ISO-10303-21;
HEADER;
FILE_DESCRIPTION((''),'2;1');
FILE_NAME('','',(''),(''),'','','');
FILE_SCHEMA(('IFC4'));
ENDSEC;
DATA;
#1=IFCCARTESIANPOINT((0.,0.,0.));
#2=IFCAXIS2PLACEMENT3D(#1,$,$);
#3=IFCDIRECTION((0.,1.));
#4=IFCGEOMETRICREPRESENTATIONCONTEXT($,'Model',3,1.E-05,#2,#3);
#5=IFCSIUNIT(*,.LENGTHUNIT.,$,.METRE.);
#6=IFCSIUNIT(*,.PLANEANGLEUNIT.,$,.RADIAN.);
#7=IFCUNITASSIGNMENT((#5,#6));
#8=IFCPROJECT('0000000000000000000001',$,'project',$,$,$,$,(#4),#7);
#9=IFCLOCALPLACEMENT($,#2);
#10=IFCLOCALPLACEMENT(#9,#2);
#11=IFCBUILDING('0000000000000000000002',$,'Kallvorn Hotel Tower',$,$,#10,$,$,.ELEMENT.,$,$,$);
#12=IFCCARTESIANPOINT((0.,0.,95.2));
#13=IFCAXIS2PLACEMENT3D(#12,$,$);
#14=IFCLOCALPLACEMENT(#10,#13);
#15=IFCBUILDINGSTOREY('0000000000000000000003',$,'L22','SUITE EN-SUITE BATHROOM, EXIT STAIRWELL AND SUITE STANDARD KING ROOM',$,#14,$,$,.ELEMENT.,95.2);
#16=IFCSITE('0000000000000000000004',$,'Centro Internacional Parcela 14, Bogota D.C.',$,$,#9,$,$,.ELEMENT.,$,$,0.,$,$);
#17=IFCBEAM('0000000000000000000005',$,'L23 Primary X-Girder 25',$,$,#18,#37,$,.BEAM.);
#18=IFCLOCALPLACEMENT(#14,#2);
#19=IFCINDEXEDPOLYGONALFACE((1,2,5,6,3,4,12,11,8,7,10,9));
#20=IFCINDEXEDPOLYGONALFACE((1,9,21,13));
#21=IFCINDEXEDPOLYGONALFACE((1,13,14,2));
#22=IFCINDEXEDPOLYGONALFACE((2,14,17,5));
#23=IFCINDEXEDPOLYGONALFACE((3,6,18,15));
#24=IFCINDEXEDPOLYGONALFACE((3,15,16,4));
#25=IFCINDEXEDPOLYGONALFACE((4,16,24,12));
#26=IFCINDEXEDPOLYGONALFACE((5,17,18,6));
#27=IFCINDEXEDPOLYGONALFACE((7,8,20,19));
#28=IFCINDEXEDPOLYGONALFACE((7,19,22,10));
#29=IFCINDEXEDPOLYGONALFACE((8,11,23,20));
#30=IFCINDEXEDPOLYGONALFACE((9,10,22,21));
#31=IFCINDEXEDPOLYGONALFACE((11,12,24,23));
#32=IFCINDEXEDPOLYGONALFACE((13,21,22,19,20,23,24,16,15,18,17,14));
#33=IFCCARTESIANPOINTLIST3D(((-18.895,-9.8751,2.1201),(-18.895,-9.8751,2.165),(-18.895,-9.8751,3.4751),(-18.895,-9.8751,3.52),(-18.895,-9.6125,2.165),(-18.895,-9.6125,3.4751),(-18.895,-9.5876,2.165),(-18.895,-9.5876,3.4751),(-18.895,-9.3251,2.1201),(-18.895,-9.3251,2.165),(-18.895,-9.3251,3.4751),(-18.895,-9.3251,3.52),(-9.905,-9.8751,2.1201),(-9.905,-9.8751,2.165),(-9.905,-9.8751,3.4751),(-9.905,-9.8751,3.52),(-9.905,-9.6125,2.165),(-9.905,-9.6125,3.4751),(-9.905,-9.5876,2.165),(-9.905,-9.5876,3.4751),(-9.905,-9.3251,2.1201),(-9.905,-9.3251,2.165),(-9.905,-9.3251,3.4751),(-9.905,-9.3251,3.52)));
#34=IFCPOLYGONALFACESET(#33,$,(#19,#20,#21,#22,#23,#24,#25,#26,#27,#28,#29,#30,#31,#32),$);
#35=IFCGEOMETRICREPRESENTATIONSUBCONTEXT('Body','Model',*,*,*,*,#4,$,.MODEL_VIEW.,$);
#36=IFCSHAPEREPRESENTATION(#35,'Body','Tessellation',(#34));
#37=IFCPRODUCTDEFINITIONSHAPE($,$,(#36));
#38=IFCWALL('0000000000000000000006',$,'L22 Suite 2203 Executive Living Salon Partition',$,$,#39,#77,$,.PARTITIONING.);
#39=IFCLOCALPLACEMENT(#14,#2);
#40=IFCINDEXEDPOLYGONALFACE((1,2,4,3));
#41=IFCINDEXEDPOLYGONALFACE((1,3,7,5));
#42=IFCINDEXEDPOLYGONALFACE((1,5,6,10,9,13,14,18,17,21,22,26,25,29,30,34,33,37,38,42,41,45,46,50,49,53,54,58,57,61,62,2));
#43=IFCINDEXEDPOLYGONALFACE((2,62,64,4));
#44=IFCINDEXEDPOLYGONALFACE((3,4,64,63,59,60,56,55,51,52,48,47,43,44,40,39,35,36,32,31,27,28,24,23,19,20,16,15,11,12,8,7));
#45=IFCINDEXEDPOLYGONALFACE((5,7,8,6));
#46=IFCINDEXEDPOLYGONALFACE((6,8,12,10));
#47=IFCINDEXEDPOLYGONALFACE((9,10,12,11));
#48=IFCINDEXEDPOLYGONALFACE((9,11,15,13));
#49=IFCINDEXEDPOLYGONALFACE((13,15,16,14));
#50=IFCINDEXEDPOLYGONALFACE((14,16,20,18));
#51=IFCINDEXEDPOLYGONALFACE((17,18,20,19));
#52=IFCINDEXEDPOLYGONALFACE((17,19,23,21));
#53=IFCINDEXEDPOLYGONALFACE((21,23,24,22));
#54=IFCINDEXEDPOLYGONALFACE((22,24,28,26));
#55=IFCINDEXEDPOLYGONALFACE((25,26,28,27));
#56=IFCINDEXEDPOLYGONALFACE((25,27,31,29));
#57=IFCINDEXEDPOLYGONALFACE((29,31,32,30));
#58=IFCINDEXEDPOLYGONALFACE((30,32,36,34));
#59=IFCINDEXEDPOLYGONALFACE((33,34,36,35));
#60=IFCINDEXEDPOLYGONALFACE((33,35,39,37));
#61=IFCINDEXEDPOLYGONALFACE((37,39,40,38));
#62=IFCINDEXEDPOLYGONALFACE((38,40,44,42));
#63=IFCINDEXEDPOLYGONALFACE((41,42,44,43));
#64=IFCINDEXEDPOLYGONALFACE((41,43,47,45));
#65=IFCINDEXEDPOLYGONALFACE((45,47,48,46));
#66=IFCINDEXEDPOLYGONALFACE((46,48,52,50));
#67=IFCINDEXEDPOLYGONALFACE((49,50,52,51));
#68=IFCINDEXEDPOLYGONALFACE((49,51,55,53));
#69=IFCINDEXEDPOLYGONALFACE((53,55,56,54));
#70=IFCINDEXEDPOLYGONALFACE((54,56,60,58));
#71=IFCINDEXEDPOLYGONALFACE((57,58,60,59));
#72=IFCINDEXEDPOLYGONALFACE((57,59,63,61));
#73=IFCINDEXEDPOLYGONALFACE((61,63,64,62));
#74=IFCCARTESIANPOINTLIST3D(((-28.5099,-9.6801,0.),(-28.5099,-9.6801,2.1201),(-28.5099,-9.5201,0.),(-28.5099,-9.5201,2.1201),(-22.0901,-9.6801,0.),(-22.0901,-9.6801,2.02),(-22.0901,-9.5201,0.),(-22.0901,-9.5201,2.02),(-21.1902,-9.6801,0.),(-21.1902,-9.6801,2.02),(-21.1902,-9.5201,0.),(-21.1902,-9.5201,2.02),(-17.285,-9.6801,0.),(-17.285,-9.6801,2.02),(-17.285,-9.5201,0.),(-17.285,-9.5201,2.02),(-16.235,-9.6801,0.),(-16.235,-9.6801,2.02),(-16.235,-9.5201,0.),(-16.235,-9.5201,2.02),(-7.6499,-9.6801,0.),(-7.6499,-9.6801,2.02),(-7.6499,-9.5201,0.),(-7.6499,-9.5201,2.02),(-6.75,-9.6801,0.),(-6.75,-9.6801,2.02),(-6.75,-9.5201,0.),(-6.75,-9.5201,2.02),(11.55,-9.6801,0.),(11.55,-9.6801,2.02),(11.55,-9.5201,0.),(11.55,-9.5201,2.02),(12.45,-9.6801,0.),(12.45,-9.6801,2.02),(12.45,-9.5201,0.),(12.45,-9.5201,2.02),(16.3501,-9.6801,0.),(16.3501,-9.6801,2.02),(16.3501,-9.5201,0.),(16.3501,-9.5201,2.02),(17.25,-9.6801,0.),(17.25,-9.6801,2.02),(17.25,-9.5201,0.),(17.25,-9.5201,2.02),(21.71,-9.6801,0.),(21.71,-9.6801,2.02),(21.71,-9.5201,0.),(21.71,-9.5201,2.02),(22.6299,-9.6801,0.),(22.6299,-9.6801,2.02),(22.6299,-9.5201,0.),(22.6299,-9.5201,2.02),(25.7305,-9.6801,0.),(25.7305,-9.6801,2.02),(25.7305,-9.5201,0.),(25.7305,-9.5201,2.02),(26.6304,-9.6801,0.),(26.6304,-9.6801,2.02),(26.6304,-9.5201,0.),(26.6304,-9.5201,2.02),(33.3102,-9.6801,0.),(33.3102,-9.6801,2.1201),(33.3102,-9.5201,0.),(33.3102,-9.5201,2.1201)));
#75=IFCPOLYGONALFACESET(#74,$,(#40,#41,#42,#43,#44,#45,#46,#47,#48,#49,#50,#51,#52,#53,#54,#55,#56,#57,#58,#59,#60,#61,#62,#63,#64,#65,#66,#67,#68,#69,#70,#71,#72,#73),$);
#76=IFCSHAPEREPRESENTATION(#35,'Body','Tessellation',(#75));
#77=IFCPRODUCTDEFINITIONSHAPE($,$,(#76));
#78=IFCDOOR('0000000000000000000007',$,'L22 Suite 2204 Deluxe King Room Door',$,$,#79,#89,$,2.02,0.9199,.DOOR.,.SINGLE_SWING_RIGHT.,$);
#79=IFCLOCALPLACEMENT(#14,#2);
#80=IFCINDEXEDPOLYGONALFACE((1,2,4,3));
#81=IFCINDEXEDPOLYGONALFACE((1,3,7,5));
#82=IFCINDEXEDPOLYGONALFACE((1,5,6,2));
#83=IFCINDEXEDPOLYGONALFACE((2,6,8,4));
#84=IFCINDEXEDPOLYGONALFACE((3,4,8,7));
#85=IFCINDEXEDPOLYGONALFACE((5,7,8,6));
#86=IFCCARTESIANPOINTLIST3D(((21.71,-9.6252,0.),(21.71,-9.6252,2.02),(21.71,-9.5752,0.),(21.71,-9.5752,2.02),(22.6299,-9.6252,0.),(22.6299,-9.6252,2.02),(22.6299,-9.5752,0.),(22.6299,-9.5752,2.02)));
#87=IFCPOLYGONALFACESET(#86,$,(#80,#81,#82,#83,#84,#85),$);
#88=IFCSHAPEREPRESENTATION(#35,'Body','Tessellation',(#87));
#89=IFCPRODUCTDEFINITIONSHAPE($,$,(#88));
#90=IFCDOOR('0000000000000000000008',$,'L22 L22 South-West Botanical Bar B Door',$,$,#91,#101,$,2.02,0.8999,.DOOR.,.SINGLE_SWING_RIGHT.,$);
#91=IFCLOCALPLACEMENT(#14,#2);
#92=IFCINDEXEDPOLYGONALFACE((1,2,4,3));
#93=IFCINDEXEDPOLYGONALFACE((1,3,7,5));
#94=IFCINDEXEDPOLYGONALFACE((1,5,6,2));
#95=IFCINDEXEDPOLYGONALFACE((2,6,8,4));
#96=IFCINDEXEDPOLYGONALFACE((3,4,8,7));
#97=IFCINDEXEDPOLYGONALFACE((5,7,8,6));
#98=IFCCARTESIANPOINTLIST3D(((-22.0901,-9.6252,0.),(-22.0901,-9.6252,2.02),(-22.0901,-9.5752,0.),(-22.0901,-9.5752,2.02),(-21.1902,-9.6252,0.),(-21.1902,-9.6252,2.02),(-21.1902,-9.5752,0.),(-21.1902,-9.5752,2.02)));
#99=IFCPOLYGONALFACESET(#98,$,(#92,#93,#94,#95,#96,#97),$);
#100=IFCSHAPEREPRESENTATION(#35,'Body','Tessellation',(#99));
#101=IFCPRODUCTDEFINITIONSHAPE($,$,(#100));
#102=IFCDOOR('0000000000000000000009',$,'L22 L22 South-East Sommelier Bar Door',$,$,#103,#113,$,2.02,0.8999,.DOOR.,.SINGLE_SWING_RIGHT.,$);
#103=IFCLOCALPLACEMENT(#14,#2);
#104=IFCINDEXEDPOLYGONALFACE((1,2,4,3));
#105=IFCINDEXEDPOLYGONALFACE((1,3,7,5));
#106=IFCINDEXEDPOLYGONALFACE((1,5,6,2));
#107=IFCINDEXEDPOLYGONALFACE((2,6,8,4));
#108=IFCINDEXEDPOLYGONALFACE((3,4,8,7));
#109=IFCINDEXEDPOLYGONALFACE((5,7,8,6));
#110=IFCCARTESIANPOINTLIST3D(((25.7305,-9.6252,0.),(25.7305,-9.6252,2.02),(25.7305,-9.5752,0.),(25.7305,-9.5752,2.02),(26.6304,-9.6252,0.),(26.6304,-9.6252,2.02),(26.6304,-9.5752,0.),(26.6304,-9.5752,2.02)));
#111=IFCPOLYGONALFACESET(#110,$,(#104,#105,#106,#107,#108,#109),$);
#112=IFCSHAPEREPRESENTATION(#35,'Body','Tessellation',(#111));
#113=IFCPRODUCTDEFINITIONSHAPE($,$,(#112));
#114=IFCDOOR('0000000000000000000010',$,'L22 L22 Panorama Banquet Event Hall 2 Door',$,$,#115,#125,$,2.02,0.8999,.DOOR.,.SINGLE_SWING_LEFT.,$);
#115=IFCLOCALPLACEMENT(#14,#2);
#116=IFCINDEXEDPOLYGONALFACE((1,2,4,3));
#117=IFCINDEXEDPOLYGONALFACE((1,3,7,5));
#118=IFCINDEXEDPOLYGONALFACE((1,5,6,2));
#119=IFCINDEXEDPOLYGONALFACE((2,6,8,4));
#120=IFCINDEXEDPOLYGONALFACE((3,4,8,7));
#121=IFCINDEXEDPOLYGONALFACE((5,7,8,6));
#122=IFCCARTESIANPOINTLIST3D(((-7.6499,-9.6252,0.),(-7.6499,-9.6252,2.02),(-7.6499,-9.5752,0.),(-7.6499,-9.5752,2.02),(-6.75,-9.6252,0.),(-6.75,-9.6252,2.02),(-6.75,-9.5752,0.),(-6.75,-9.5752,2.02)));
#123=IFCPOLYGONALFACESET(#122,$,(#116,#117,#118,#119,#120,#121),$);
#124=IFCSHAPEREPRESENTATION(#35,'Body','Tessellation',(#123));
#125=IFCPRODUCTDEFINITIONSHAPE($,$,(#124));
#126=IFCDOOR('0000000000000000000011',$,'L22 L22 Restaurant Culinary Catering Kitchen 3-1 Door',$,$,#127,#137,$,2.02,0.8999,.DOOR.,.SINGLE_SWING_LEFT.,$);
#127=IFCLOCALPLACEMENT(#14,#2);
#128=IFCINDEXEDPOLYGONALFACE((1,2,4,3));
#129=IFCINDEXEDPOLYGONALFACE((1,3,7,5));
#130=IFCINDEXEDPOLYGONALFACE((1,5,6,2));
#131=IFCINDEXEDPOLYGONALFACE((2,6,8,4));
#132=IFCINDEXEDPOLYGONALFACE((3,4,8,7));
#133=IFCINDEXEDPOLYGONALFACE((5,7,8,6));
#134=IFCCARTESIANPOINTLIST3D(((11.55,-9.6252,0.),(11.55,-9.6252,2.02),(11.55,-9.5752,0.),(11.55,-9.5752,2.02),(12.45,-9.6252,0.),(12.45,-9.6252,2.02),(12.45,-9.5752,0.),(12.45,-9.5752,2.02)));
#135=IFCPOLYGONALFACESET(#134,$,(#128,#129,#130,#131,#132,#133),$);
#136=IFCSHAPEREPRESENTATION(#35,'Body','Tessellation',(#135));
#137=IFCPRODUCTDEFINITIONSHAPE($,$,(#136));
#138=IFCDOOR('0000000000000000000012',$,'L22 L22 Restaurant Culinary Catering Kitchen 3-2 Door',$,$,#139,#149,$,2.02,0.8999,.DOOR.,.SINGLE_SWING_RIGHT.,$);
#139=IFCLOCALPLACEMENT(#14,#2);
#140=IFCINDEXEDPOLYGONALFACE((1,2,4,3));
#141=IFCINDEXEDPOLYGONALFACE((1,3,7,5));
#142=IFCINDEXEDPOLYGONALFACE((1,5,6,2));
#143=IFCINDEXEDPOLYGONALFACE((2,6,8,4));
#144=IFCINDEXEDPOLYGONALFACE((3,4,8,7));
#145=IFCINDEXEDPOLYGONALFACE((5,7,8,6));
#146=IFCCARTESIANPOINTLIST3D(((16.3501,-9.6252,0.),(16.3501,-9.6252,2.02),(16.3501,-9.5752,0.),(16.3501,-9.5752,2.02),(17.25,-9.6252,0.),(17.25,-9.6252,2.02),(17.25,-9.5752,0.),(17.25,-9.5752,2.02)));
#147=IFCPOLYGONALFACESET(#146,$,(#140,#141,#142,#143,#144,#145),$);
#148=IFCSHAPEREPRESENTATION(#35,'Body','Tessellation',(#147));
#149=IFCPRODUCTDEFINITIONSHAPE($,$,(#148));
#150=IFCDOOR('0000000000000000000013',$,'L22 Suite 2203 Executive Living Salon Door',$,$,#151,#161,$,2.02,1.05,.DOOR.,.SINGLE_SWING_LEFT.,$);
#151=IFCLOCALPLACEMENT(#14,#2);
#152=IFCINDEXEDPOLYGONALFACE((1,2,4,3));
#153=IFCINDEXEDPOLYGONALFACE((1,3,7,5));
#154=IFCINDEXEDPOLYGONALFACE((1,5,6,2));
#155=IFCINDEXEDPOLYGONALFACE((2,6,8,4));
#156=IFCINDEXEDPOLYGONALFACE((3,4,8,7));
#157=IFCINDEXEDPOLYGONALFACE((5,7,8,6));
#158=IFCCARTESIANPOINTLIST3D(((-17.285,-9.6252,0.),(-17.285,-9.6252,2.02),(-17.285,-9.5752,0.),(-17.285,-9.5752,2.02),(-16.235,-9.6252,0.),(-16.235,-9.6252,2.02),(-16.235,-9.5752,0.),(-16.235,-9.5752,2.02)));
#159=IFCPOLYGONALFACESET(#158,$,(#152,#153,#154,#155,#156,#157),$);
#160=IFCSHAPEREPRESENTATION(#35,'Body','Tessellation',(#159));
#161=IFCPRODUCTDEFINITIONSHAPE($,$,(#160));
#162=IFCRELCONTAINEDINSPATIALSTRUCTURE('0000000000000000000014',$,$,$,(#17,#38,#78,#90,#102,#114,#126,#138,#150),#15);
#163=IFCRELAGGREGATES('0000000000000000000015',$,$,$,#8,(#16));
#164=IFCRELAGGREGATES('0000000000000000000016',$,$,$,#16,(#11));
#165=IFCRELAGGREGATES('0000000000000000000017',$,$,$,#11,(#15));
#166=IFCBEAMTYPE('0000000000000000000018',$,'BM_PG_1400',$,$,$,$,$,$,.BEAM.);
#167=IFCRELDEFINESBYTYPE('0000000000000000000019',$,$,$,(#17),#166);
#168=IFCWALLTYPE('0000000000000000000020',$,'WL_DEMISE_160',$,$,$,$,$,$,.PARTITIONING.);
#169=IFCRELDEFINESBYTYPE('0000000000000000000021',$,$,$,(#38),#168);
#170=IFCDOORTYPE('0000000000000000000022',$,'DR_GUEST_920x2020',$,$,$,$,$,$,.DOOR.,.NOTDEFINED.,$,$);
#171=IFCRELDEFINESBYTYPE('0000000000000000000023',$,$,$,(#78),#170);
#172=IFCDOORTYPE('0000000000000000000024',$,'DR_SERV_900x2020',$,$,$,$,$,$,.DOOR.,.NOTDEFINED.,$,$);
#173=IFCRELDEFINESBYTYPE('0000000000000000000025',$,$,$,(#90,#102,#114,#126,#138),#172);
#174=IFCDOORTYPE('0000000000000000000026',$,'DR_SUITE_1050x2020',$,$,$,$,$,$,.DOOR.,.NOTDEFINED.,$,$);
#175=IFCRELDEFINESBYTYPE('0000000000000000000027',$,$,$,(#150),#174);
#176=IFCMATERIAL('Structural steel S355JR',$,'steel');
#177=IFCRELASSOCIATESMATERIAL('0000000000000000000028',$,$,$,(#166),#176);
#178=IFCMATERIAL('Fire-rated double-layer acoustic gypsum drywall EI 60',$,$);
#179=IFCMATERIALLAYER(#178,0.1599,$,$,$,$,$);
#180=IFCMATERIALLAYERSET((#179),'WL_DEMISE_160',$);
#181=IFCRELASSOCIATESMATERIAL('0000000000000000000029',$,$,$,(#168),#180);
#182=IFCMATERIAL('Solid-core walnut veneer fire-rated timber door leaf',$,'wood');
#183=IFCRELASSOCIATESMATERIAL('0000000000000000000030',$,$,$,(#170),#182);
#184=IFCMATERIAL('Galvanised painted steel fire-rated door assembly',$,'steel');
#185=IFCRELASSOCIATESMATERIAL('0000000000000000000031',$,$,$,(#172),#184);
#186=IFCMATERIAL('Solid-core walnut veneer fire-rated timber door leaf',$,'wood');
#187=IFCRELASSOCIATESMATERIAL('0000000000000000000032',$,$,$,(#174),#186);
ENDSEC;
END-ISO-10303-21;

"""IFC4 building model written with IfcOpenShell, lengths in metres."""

from ifc_helpers import new_model, si_unit, direction, frame, frame_2d, origin, origin_2d, place, context, subcontext, project, spatial, rectangle, i_section, extrude, material, layer, layer_set, material_profile, profile_set, type_object, element, fill, save


model = new_model("IFC4")

# Units and contexts
model_context = context("Model", 3, precision=1e-05, world=origin(), true_north=direction((0.0, 1.0)))
body_context = subcontext(model_context, "Body", "Model", "MODEL_VIEW")
ifc_project = project(units=[si_unit("LENGTHUNIT", "METRE"), si_unit("PLANEANGLEUNIT", "RADIAN")], contexts=[model_context])

# Site, building, storey
site_placement = place(None, origin())
site = spatial("IfcSite", under=ifc_project, at=site_placement, Name="Centro Internacional Parcela 14, Bogota D.C.", CompositionType="ELEMENT", RefElevation=0.0)
building_placement = place(site_placement, origin())
building = spatial("IfcBuilding", under=site, at=building_placement, Name="Kallvorn Hotel Tower", CompositionType="ELEMENT")
storey_placement = place(building_placement, frame((0.0, 0.0, 95.2)))
storey = spatial("IfcBuildingStorey", under=building, at=storey_placement, Name="L22", Description="SUITE EN-SUITE BATHROOM, EXIT STAIRWELL AND SUITE STANDARD KING ROOM", CompositionType="ELEMENT", Elevation=95.2)

# Beam
ifc_material_1 = material(Name="Structural steel S355JR", Category="steel")
ifc_material_profile_1 = material_profile(ifc_material_1, i_section(OverallWidth=0.55, OverallDepth=1.3999, WebThickness=0.0249, FlangeThickness=0.0449, at=origin_2d()), Name="PG 1400x550x25x45")
ifc_profile_set_1 = profile_set([ifc_material_profile_1], Name="Structural steel S355JR")
beam_type_1 = type_object("IfcBeamType", Name="BM_PG_1400", PredefinedType="BEAM", material=ifc_profile_set_1)
beam_1_placement = place(storey_placement, frame((-18.895, -9.6001, 2.8201), z_axis=(1.0, 0.0, 0.0), x_axis=(0.0, 1.0, 0.0)))
element("IfcBeam", 1, at=beam_1_placement, inside=storey, type_object=beam_type_1, Name="L23 Primary X-Girder 25", PredefinedType="BEAM", context=body_context, shape_type="SweptSolid", body=[
    extrude(i_section(OverallWidth=0.55, OverallDepth=1.3999, WebThickness=0.0249, FlangeThickness=0.0449, at=origin_2d()), origin(), (0.0, 0.0, 1.0), 8.99),
])

# Wall, openings, doors
ifc_material_2 = material(Name="Fire-rated double-layer acoustic gypsum drywall EI 60")
ifc_layer_1 = layer(ifc_material_2, 0.1599)
ifc_layer_set_1 = layer_set([ifc_layer_1], Name="WL_DEMISE_160")
wall_type = type_object("IfcWallType", Name="WL_DEMISE_160", PredefinedType="PARTITIONING", material=ifc_layer_set_1)
wall_placement = place(storey_placement, frame((-28.51, -9.6001, 0.0), z_axis=(0.0, 0.0, 1.0), x_axis=(1.0, 0.0, 0.0)))
wall = element("IfcWall", 2, at=wall_placement, inside=storey, type_object=wall_type, Name="L22 Suite 2203 Executive Living Salon Partition", PredefinedType="PARTITIONING", context=body_context, shape_type="SweptSolid", body=[
    extrude(rectangle(XDim=61.8201, YDim=0.1599, at=frame_2d((30.9102, 0.0))), origin(), (0.0, 0.0, 1.0), 2.1201),
])
opening_1_placement = place(wall_placement, frame((6.4199, 0.0, 0.0)))
opening_1 = element("IfcOpeningElement", 3, at=opening_1_placement, cuts=wall, PredefinedType="OPENING", context=body_context, shape_type="SweptSolid", body=[
    extrude(rectangle(XDim=0.8999, YDim=2.02, at=frame_2d((0.45, 1.01))), frame((0.0, 0.095, 0.0), z_axis=(0.0, -1.0, 0.0), x_axis=(1.0, 0.0, 0.0)), (0.0, 0.0, 1.0), 0.1899),
])
opening_2_placement = place(wall_placement, frame((54.2405, 0.0, 0.0)))
opening_2 = element("IfcOpeningElement", 4, at=opening_2_placement, cuts=wall, PredefinedType="OPENING", context=body_context, shape_type="SweptSolid", body=[
    extrude(rectangle(XDim=0.8999, YDim=2.02, at=frame_2d((0.45, 1.01))), frame((0.0, 0.095, 0.0), z_axis=(0.0, -1.0, 0.0), x_axis=(1.0, 0.0, 0.0)), (0.0, 0.0, 1.0), 0.1899),
])
opening_3_placement = place(wall_placement, frame((11.2251, 0.0, 0.0)))
opening_3 = element("IfcOpeningElement", 5, at=opening_3_placement, cuts=wall, PredefinedType="OPENING", context=body_context, shape_type="SweptSolid", body=[
    extrude(rectangle(XDim=1.05, YDim=2.02, at=frame_2d((0.5249, 1.01))), frame((0.0, 0.095, 0.0), z_axis=(0.0, -1.0, 0.0), x_axis=(1.0, 0.0, 0.0)), (0.0, 0.0, 1.0), 0.1899),
])
opening_4_placement = place(wall_placement, frame((20.8601, 0.0, 0.0)))
opening_4 = element("IfcOpeningElement", 6, at=opening_4_placement, cuts=wall, PredefinedType="OPENING", context=body_context, shape_type="SweptSolid", body=[
    extrude(rectangle(XDim=0.8999, YDim=2.02, at=frame_2d((0.45, 1.01))), frame((0.0, 0.095, 0.0), z_axis=(0.0, -1.0, 0.0), x_axis=(1.0, 0.0, 0.0)), (0.0, 0.0, 1.0), 0.1899),
])
opening_5_placement = place(wall_placement, frame((40.0601, 0.0, 0.0)))
opening_5 = element("IfcOpeningElement", 7, at=opening_5_placement, cuts=wall, PredefinedType="OPENING", context=body_context, shape_type="SweptSolid", body=[
    extrude(rectangle(XDim=0.8999, YDim=2.02, at=frame_2d((0.45, 1.01))), frame((0.0, 0.095, 0.0), z_axis=(0.0, -1.0, 0.0), x_axis=(1.0, 0.0, 0.0)), (0.0, 0.0, 1.0), 0.1899),
])
opening_6_placement = place(wall_placement, frame((44.8601, 0.0, 0.0)))
opening_6 = element("IfcOpeningElement", 8, at=opening_6_placement, cuts=wall, PredefinedType="OPENING", context=body_context, shape_type="SweptSolid", body=[
    extrude(rectangle(XDim=0.8999, YDim=2.02, at=frame_2d((0.45, 1.01))), frame((0.0, 0.095, 0.0), z_axis=(0.0, -1.0, 0.0), x_axis=(1.0, 0.0, 0.0)), (0.0, 0.0, 1.0), 0.1899),
])
opening_7_placement = place(wall_placement, frame((50.22, 0.0, 0.0)))
opening_7 = element("IfcOpeningElement", 9, at=opening_7_placement, cuts=wall, PredefinedType="OPENING", context=body_context, shape_type="SweptSolid", body=[
    extrude(rectangle(XDim=0.9199, YDim=2.02, at=frame_2d((0.46, 1.01))), frame((0.0, 0.095, 0.0), z_axis=(0.0, -1.0, 0.0), x_axis=(1.0, 0.0, 0.0)), (0.0, 0.0, 1.0), 0.1899),
])
ifc_material_3 = material(Name="Solid-core walnut veneer fire-rated timber door leaf", Category="wood")
door_type_1 = type_object("IfcDoorType", Name="DR_GUEST_920x2020", OperationType="NOTDEFINED", PredefinedType="DOOR", material=ifc_material_3)
door_1_placement = place(opening_7_placement, origin())
door_1 = element("IfcDoor", 10, at=door_1_placement, inside=storey, type_object=door_type_1, Name="L22 Suite 2204 Deluxe King Room Door", OperationType="SINGLE_SWING_RIGHT", OverallHeight=2.02, OverallWidth=0.9199, PredefinedType="DOOR", context=body_context, shape_type="SweptSolid", body=[
    extrude(rectangle(XDim=0.9199, YDim=2.02, at=frame_2d((0.46, 1.01))), frame((0.0, 0.0249, 0.0), z_axis=(0.0, -1.0, 0.0), x_axis=(1.0, 0.0, 0.0)), (0.0, 0.0, 1.0), 0.05),
])
fill(opening_7, door_1)
ifc_material_4 = material(Name="Galvanised painted steel fire-rated door assembly", Category="steel")
door_type_2 = type_object("IfcDoorType", Name="DR_SERV_900x2020", OperationType="NOTDEFINED", PredefinedType="DOOR", material=ifc_material_4)
door_2_placement = place(opening_1_placement, origin())
door_2 = element("IfcDoor", 11, at=door_2_placement, inside=storey, type_object=door_type_2, Name="L22 L22 South-West Botanical Bar B Door", OperationType="SINGLE_SWING_RIGHT", OverallHeight=2.02, OverallWidth=0.8999, PredefinedType="DOOR", context=body_context, shape_type="SweptSolid", body=[
    extrude(rectangle(XDim=0.8999, YDim=2.02, at=frame_2d((0.45, 1.01))), frame((0.0, 0.0249, 0.0), z_axis=(0.0, -1.0, 0.0), x_axis=(1.0, 0.0, 0.0)), (0.0, 0.0, 1.0), 0.05),
])
fill(opening_1, door_2)
door_3_placement = place(opening_2_placement, origin())
door_3 = element("IfcDoor", 12, at=door_3_placement, inside=storey, type_object=door_type_2, Name="L22 L22 South-East Sommelier Bar Door", OperationType="SINGLE_SWING_RIGHT", OverallHeight=2.02, OverallWidth=0.8999, PredefinedType="DOOR", context=body_context, shape_type="SweptSolid", body=[
    extrude(rectangle(XDim=0.8999, YDim=2.02, at=frame_2d((0.45, 1.01))), frame((0.0, 0.0249, 0.0), z_axis=(0.0, -1.0, 0.0), x_axis=(1.0, 0.0, 0.0)), (0.0, 0.0, 1.0), 0.05),
])
fill(opening_2, door_3)
door_4_placement = place(opening_4_placement, origin())
door_4 = element("IfcDoor", 13, at=door_4_placement, inside=storey, type_object=door_type_2, Name="L22 L22 Panorama Banquet Event Hall 2 Door", OperationType="SINGLE_SWING_LEFT", OverallHeight=2.02, OverallWidth=0.8999, PredefinedType="DOOR", context=body_context, shape_type="SweptSolid", body=[
    extrude(rectangle(XDim=0.8999, YDim=2.02, at=frame_2d((0.45, 1.01))), frame((0.0, 0.0249, 0.0), z_axis=(0.0, -1.0, 0.0), x_axis=(1.0, 0.0, 0.0)), (0.0, 0.0, 1.0), 0.05),
])
fill(opening_4, door_4)
door_5_placement = place(opening_5_placement, origin())
door_5 = element("IfcDoor", 14, at=door_5_placement, inside=storey, type_object=door_type_2, Name="L22 L22 Restaurant Culinary Catering Kitchen 3-1 Door", OperationType="SINGLE_SWING_LEFT", OverallHeight=2.02, OverallWidth=0.8999, PredefinedType="DOOR", context=body_context, shape_type="SweptSolid", body=[
    extrude(rectangle(XDim=0.8999, YDim=2.02, at=frame_2d((0.45, 1.01))), frame((0.0, 0.0249, 0.0), z_axis=(0.0, -1.0, 0.0), x_axis=(1.0, 0.0, 0.0)), (0.0, 0.0, 1.0), 0.05),
])
fill(opening_5, door_5)
door_6_placement = place(opening_6_placement, origin())
door_6 = element("IfcDoor", 15, at=door_6_placement, inside=storey, type_object=door_type_2, Name="L22 L22 Restaurant Culinary Catering Kitchen 3-2 Door", OperationType="SINGLE_SWING_RIGHT", OverallHeight=2.02, OverallWidth=0.8999, PredefinedType="DOOR", context=body_context, shape_type="SweptSolid", body=[
    extrude(rectangle(XDim=0.8999, YDim=2.02, at=frame_2d((0.45, 1.01))), frame((0.0, 0.0249, 0.0), z_axis=(0.0, -1.0, 0.0), x_axis=(1.0, 0.0, 0.0)), (0.0, 0.0, 1.0), 0.05),
])
fill(opening_6, door_6)
ifc_material_5 = material(Name="Solid-core walnut veneer fire-rated timber door leaf", Category="wood")
door_type_3 = type_object("IfcDoorType", Name="DR_SUITE_1050x2020", OperationType="NOTDEFINED", PredefinedType="DOOR", material=ifc_material_5)
door_7_placement = place(opening_3_placement, origin())
door_7 = element("IfcDoor", 16, at=door_7_placement, inside=storey, type_object=door_type_3, Name="L22 Suite 2203 Executive Living Salon Door", OperationType="SINGLE_SWING_LEFT", OverallHeight=2.02, OverallWidth=1.05, PredefinedType="DOOR", context=body_context, shape_type="SweptSolid", body=[
    extrude(rectangle(XDim=1.05, YDim=2.02, at=frame_2d((0.5249, 1.01))), frame((0.0, 0.0249, 0.0), z_axis=(0.0, -1.0, 0.0), x_axis=(1.0, 0.0, 0.0)), (0.0, 0.0, 1.0), 0.05),
])
fill(opening_3, door_7)

save(model, "model.ifc")
